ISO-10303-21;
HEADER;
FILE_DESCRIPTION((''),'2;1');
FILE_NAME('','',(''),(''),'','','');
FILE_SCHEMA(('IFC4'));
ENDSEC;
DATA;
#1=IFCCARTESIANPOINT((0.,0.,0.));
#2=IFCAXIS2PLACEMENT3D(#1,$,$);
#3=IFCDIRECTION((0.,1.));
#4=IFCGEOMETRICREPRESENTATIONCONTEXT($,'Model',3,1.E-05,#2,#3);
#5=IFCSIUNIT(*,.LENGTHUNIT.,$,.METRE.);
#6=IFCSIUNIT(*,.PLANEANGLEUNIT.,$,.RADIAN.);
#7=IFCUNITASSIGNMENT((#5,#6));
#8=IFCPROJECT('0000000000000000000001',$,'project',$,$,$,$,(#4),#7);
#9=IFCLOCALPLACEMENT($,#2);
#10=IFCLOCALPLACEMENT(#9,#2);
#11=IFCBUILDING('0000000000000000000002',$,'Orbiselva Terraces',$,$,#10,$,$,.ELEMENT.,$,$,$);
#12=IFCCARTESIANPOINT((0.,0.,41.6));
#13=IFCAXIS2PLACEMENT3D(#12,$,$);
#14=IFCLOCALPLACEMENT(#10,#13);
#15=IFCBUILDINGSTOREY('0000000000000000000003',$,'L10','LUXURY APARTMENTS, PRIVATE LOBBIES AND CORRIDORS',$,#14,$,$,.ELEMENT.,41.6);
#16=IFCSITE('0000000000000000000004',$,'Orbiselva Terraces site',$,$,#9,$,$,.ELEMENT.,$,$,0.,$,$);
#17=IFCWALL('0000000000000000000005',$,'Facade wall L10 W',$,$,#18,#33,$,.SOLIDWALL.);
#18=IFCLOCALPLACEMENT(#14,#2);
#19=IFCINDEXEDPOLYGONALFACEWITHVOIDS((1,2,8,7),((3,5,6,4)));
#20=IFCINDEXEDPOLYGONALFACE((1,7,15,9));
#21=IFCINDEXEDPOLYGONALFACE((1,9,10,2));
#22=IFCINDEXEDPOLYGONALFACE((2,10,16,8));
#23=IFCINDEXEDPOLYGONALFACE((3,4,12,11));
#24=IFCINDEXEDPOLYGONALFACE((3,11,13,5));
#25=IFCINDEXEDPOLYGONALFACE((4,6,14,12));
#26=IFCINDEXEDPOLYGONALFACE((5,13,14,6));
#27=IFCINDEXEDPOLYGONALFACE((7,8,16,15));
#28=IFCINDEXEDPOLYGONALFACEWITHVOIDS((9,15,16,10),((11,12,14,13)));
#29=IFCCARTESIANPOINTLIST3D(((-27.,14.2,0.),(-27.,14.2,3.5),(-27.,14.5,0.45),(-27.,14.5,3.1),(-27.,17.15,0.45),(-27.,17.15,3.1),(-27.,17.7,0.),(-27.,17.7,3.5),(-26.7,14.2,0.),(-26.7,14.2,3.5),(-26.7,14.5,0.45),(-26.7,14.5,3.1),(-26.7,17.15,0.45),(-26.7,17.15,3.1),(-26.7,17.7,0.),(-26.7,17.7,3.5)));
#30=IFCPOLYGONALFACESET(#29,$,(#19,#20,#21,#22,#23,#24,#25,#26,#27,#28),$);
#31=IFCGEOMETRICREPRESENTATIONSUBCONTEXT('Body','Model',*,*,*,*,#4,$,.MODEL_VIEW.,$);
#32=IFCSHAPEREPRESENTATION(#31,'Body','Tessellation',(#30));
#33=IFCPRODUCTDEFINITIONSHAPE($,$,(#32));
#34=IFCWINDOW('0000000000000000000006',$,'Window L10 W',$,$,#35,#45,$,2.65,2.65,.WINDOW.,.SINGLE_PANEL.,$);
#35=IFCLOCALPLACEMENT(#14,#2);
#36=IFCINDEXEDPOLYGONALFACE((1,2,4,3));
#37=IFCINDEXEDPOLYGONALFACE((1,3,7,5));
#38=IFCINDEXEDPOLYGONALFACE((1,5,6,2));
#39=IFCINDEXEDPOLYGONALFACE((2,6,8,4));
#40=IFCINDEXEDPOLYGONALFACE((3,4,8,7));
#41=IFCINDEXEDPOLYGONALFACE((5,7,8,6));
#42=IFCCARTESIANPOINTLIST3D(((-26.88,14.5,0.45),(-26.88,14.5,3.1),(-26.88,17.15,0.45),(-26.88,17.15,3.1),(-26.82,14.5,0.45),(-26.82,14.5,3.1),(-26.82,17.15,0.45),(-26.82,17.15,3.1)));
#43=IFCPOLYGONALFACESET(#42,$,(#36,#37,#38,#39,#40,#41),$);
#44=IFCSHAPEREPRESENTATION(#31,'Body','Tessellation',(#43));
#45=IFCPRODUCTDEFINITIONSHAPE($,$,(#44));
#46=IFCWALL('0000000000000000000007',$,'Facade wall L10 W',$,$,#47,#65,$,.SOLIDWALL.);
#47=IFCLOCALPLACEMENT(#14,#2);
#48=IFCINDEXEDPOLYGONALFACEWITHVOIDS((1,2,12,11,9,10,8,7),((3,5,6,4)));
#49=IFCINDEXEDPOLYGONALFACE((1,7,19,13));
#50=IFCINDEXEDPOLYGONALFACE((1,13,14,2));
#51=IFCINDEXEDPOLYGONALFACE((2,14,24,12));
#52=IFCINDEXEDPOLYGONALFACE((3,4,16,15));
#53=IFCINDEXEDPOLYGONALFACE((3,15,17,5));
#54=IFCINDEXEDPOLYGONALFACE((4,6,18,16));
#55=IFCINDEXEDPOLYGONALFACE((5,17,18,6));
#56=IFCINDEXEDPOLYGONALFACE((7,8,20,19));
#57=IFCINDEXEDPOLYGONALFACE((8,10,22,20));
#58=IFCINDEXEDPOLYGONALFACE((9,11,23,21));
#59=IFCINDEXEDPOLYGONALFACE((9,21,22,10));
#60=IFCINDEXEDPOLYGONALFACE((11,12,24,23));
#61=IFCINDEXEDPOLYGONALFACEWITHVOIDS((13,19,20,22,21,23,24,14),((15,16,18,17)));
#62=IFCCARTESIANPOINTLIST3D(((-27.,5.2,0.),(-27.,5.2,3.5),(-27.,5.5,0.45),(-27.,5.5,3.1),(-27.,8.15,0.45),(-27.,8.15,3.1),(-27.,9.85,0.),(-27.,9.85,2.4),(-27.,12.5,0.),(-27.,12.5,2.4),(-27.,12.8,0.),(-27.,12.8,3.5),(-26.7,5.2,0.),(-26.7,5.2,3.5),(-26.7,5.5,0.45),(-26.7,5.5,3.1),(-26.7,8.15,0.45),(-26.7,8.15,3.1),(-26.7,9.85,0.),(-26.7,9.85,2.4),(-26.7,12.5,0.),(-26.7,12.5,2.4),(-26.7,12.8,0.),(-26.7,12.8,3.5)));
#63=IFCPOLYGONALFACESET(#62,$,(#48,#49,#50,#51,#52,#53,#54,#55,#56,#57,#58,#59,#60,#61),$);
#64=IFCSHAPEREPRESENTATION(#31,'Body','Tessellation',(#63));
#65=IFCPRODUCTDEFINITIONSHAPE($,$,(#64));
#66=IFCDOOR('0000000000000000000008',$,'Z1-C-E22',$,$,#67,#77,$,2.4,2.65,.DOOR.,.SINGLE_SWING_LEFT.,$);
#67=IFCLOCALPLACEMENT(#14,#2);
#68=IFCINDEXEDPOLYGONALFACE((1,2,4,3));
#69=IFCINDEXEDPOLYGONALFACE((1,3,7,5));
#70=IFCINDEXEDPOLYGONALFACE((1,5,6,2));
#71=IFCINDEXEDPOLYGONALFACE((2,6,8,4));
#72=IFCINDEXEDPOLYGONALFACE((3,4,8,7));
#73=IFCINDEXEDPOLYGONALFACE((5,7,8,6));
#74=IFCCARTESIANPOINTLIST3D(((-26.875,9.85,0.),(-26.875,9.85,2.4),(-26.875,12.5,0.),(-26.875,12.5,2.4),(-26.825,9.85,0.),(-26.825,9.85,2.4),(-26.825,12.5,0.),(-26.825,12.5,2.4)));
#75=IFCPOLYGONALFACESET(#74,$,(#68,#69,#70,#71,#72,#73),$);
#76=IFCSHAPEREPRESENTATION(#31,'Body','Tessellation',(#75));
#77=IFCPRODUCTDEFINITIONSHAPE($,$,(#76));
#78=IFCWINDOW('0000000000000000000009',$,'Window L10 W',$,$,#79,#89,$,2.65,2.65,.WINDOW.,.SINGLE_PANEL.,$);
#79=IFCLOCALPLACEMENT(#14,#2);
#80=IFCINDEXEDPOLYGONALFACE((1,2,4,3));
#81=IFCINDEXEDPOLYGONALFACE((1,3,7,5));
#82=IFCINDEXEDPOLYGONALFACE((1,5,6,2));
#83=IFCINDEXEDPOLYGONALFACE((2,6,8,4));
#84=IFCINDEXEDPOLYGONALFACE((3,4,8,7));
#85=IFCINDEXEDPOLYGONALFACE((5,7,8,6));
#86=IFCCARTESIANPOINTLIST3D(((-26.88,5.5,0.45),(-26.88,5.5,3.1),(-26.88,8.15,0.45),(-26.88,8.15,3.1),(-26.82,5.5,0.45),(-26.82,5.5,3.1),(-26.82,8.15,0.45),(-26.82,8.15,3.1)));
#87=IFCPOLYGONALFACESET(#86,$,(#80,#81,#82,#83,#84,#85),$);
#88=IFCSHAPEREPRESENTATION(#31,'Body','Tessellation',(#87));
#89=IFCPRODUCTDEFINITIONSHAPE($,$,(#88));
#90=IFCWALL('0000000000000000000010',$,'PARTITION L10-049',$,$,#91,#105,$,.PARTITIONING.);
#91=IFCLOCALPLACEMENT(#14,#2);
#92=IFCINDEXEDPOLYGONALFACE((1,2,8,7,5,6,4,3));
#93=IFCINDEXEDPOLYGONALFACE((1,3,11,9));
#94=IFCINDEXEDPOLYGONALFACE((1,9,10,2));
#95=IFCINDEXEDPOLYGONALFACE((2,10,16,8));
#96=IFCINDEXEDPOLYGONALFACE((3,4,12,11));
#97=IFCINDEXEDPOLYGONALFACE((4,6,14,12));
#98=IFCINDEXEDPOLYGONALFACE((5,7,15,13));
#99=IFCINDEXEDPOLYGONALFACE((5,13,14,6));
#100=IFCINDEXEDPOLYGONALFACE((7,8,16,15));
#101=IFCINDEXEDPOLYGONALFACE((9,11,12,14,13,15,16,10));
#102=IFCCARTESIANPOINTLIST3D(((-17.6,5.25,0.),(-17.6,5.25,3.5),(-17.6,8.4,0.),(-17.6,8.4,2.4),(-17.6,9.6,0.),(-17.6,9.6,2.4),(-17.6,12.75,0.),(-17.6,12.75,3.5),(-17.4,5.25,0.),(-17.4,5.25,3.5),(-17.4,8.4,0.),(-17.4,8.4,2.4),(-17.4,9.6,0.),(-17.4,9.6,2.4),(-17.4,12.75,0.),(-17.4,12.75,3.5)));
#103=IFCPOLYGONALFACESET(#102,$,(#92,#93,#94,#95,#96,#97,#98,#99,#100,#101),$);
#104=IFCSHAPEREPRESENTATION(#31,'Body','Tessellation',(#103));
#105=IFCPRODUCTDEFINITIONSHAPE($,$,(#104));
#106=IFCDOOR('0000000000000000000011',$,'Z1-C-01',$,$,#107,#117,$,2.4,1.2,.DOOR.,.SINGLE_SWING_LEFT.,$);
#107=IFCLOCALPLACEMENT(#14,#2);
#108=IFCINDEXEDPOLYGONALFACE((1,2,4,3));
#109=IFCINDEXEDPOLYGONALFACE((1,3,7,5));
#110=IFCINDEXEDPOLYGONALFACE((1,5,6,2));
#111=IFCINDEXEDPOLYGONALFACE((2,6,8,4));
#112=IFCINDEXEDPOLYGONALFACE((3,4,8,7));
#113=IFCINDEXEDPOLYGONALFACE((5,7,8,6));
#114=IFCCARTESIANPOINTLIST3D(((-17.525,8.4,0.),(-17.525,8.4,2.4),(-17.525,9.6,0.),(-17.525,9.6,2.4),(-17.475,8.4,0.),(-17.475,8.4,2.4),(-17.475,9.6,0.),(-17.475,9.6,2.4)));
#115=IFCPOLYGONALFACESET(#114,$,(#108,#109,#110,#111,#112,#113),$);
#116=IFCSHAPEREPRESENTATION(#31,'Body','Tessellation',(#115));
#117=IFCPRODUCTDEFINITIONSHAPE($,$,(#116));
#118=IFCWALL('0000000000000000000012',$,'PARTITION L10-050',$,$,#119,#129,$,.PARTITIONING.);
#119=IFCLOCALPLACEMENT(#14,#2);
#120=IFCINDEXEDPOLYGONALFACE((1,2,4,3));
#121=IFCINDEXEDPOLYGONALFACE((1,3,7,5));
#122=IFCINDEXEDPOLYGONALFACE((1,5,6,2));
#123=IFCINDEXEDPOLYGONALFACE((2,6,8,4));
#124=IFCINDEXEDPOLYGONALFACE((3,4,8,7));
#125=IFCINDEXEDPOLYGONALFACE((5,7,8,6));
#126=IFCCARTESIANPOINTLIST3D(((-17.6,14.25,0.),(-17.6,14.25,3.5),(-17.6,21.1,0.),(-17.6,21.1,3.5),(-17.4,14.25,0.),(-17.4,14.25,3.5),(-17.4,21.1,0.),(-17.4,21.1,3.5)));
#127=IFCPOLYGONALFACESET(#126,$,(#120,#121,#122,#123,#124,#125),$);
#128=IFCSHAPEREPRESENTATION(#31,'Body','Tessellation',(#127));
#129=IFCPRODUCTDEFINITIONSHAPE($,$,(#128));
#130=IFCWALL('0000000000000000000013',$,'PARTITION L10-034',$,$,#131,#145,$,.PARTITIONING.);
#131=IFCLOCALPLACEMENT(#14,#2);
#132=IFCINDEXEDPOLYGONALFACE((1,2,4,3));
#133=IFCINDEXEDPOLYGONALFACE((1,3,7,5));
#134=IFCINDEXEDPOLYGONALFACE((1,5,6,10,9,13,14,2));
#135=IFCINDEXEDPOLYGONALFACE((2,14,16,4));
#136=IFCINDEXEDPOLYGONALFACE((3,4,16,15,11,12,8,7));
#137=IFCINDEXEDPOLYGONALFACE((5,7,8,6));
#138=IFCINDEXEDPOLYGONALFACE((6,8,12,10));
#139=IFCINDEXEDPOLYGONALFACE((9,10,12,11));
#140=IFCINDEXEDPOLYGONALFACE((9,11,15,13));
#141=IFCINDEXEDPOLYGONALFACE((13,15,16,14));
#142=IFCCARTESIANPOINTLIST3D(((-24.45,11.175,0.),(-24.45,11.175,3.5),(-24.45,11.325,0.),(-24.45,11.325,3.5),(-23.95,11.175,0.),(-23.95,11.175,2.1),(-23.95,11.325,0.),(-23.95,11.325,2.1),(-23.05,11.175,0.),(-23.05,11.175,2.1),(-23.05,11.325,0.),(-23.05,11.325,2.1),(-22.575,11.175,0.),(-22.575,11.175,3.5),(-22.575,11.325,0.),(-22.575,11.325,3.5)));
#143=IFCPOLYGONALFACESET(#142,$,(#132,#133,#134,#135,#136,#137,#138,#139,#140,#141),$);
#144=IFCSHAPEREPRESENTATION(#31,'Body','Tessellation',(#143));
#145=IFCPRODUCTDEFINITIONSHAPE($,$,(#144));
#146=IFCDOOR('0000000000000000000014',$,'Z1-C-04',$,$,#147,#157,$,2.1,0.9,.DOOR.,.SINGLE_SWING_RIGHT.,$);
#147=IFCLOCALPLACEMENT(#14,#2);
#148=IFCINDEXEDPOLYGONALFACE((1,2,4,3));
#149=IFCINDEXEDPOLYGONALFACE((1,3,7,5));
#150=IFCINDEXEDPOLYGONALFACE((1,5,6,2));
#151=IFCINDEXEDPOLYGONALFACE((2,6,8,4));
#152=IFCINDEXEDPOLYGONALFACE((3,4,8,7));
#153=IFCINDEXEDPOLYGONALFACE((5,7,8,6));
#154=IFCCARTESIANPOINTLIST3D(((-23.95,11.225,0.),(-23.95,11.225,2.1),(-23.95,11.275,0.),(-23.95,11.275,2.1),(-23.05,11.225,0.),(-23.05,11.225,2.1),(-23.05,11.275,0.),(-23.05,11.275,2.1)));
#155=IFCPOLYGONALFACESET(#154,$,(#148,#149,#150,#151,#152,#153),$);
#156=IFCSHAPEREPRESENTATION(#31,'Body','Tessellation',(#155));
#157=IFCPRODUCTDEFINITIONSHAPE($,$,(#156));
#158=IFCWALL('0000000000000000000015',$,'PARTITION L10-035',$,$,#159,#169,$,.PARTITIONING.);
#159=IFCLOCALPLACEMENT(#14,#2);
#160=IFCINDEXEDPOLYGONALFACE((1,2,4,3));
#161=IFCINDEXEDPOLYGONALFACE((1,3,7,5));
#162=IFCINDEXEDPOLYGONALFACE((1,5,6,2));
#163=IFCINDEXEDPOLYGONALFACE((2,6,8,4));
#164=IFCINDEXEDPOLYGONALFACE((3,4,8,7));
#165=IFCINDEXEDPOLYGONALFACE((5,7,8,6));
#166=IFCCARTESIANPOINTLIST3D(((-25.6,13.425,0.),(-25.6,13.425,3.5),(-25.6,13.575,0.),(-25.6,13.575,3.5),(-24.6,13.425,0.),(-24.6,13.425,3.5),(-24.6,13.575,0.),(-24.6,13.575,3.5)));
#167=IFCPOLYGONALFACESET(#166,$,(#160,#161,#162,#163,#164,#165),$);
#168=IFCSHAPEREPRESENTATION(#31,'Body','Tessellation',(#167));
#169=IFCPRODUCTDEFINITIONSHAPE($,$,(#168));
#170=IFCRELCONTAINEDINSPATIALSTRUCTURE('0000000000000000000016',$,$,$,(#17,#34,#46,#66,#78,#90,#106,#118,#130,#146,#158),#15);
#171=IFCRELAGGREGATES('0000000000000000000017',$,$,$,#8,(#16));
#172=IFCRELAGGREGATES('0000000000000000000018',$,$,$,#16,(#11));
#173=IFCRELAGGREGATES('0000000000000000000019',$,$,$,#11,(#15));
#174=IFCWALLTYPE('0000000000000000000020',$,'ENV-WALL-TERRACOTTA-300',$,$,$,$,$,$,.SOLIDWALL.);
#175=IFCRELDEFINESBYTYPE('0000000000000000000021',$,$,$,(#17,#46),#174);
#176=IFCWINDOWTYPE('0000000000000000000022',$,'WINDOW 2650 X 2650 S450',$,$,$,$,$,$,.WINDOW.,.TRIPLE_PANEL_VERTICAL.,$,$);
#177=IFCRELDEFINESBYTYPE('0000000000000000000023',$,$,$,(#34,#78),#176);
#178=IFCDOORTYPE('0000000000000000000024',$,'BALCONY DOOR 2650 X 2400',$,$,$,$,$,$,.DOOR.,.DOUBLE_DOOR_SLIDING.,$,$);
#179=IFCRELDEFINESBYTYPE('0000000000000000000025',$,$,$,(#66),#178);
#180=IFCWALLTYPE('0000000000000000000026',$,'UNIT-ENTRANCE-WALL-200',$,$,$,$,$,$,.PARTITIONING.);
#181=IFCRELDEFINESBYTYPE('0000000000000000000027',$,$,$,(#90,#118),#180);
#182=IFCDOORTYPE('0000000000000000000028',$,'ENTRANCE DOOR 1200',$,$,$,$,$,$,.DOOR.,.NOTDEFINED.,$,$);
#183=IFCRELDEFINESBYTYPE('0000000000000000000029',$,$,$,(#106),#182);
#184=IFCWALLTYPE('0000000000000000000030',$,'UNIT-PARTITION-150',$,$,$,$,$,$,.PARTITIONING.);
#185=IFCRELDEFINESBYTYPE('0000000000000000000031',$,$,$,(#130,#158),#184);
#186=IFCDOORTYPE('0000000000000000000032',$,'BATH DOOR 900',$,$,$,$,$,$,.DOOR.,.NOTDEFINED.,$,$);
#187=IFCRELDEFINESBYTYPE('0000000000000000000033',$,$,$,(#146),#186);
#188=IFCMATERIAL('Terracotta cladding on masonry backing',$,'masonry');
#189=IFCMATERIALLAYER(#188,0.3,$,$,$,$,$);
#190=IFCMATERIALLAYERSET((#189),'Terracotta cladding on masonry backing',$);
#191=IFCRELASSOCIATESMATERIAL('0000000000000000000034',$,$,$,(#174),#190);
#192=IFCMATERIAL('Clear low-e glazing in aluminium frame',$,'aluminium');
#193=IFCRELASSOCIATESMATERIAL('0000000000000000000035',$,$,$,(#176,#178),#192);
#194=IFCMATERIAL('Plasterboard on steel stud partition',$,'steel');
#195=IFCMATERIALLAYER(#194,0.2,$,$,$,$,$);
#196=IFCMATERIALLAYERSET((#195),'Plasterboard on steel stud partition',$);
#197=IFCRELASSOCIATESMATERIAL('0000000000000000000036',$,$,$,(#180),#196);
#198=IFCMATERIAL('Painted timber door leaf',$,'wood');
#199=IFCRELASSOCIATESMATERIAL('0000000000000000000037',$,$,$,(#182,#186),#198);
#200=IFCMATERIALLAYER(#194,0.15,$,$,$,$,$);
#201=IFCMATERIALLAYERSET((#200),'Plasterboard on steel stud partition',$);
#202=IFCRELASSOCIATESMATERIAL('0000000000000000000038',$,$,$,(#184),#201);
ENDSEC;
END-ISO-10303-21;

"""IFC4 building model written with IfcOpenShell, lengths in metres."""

from ifc_helpers import new_model, si_unit, direction, frame, frame_2d, origin, place, context, subcontext, project, spatial, rectangle, extrude, material, layer, layer_set, type_object, element, fill, save


model = new_model("IFC4")

# Units and contexts
model_context = context("Model", 3, precision=1e-05, world=origin(), true_north=direction((0.0, 1.0)))
body_context = subcontext(model_context, "Body", "Model", "MODEL_VIEW")
ifc_project = project(units=[si_unit("LENGTHUNIT", "METRE"), si_unit("PLANEANGLEUNIT", "RADIAN")], contexts=[model_context])

# Site, building, storey
site_placement = place(None, origin())
site = spatial("IfcSite", under=ifc_project, at=site_placement, Name="Orbiselva Terraces site", CompositionType="ELEMENT", RefElevation=0.0)
building_placement = place(site_placement, origin())
building = spatial("IfcBuilding", under=site, at=building_placement, Name="Orbiselva Terraces", CompositionType="ELEMENT")
storey_placement = place(building_placement, frame((0.0, 0.0, 41.6)))
storey = spatial("IfcBuildingStorey", under=building, at=storey_placement, Name="L10", Description="LUXURY APARTMENTS, PRIVATE LOBBIES AND CORRIDORS", CompositionType="ELEMENT", Elevation=41.6)

# Wall, opening, window
ifc_material_1 = material(Name="Terracotta cladding on masonry backing", Category="masonry")
ifc_layer_1 = layer(ifc_material_1, 0.3)
ifc_layer_set_1 = layer_set([ifc_layer_1], Name="Terracotta cladding on masonry backing")
wall_type_1 = type_object("IfcWallType", Name="ENV-WALL-TERRACOTTA-300", PredefinedType="SOLIDWALL", material=ifc_layer_set_1)
wall_1_placement = place(storey_placement, frame((-26.85, 14.2, 0.0), z_axis=(0.0, 0.0, 1.0), x_axis=(0.0, 1.0, 0.0)))
wall_1 = element("IfcWall", 1, at=wall_1_placement, inside=storey, type_object=wall_type_1, Name="Facade wall L10 W", PredefinedType="SOLIDWALL", context=body_context, shape_type="SweptSolid", body=[
    extrude(rectangle(XDim=3.5, YDim=0.3, at=frame_2d((1.75, 0.0))), origin(), (0.0, 0.0, 1.0), 3.5),
])
opening_1_placement = place(wall_1_placement, frame((0.3, 0.0, 0.45)))
opening_1 = element("IfcOpeningElement", 2, at=opening_1_placement, cuts=wall_1, PredefinedType="OPENING", context=body_context, shape_type="SweptSolid", body=[
    extrude(rectangle(XDim=2.65, YDim=2.65, at=frame_2d((1.325, 1.325))), frame((0.0, 0.16, 0.0), z_axis=(0.0, -1.0, 0.0), x_axis=(1.0, 0.0, 0.0)), (0.0, 0.0, 1.0), 0.32),
])
ifc_material_2 = material(Name="Clear low-e glazing in aluminium frame", Category="aluminium")
window_type = type_object("IfcWindowType", Name="WINDOW 2650 X 2650 S450", PartitioningType="TRIPLE_PANEL_VERTICAL", PredefinedType="WINDOW", material=ifc_material_2)
window_1_placement = place(opening_1_placement, origin())
window_1 = element("IfcWindow", 3, at=window_1_placement, inside=storey, type_object=window_type, Name="Window L10 W", OverallHeight=2.65, OverallWidth=2.65, PartitioningType="SINGLE_PANEL", PredefinedType="WINDOW", context=body_context, shape_type="SweptSolid", body=[
    extrude(rectangle(XDim=2.65, YDim=2.65, at=frame_2d((1.325, 1.325))), frame((0.0, 0.03, 0.0), z_axis=(0.0, -1.0, 0.0), x_axis=(1.0, 0.0, 0.0)), (0.0, 0.0, 1.0), 0.06),
])
fill(opening_1, window_1)

# Wall, openings, door, window
wall_2_placement = place(storey_placement, frame((-26.85, 5.2, 0.0), z_axis=(0.0, 0.0, 1.0), x_axis=(0.0, 1.0, 0.0)))
wall_2 = element("IfcWall", 4, at=wall_2_placement, inside=storey, type_object=wall_type_1, Name="Facade wall L10 W", PredefinedType="SOLIDWALL", context=body_context, shape_type="SweptSolid", body=[
    extrude(rectangle(XDim=7.6, YDim=0.3, at=frame_2d((3.8, 0.0))), origin(), (0.0, 0.0, 1.0), 3.5),
])
opening_2_placement = place(wall_2_placement, frame((4.65, 0.0, 0.0)))
opening_2 = element("IfcOpeningElement", 5, at=opening_2_placement, cuts=wall_2, PredefinedType="OPENING", context=body_context, shape_type="SweptSolid", body=[
    extrude(rectangle(XDim=2.65, YDim=2.4, at=frame_2d((1.325, 1.2))), frame((0.0, 0.16, 0.0), z_axis=(0.0, -1.0, 0.0), x_axis=(1.0, 0.0, 0.0)), (0.0, 0.0, 1.0), 0.32),
])
opening_3_placement = place(wall_2_placement, frame((0.3, 0.0, 0.45)))
opening_3 = element("IfcOpeningElement", 6, at=opening_3_placement, cuts=wall_2, PredefinedType="OPENING", context=body_context, shape_type="SweptSolid", body=[
    extrude(rectangle(XDim=2.65, YDim=2.65, at=frame_2d((1.325, 1.325))), frame((0.0, 0.16, 0.0), z_axis=(0.0, -1.0, 0.0), x_axis=(1.0, 0.0, 0.0)), (0.0, 0.0, 1.0), 0.32),
])
door_type_1 = type_object("IfcDoorType", Name="BALCONY DOOR 2650 X 2400", OperationType="DOUBLE_DOOR_SLIDING", PredefinedType="DOOR", material=ifc_material_2)
door_1_placement = place(opening_2_placement, origin())
door_1 = element("IfcDoor", 7, at=door_1_placement, inside=storey, type_object=door_type_1, Name="Z1-C-E22", OperationType="SINGLE_SWING_LEFT", OverallHeight=2.4, OverallWidth=2.65, PredefinedType="DOOR", context=body_context, shape_type="SweptSolid", body=[
    extrude(rectangle(XDim=2.65, YDim=2.4, at=frame_2d((1.325, 1.2))), frame((0.0, 0.025, 0.0), z_axis=(0.0, -1.0, 0.0), x_axis=(1.0, 0.0, 0.0)), (0.0, 0.0, 1.0), 0.05),
])
fill(opening_2, door_1)
window_2_placement = place(opening_3_placement, origin())
window_2 = element("IfcWindow", 8, at=window_2_placement, inside=storey, type_object=window_type, Name="Window L10 W", OverallHeight=2.65, OverallWidth=2.65, PartitioningType="SINGLE_PANEL", PredefinedType="WINDOW", context=body_context, shape_type="SweptSolid", body=[
    extrude(rectangle(XDim=2.65, YDim=2.65, at=frame_2d((1.325, 1.325))), frame((0.0, 0.03, 0.0), z_axis=(0.0, -1.0, 0.0), x_axis=(1.0, 0.0, 0.0)), (0.0, 0.0, 1.0), 0.06),
])
fill(opening_3, window_2)

# Wall, opening, door
ifc_material_3 = material(Name="Plasterboard on steel stud partition", Category="steel")
ifc_layer_2 = layer(ifc_material_3, 0.2)
ifc_layer_set_2 = layer_set([ifc_layer_2], Name="Plasterboard on steel stud partition")
wall_type_2 = type_object("IfcWallType", Name="UNIT-ENTRANCE-WALL-200", PredefinedType="PARTITIONING", material=ifc_layer_set_2)
wall_3_placement = place(storey_placement, frame((-17.5, 5.25, 0.0), z_axis=(0.0, 0.0, 1.0), x_axis=(0.0, 1.0, 0.0)))
wall_3 = element("IfcWall", 9, at=wall_3_placement, inside=storey, type_object=wall_type_2, Name="PARTITION L10-049", PredefinedType="PARTITIONING", context=body_context, shape_type="SweptSolid", body=[
    extrude(rectangle(XDim=7.5, YDim=0.2, at=frame_2d((3.75, 0.0))), origin(), (0.0, 0.0, 1.0), 3.5),
])
opening_4_placement = place(wall_3_placement, frame((3.15, 0.0, 0.0)))
opening_4 = element("IfcOpeningElement", 10, at=opening_4_placement, cuts=wall_3, PredefinedType="OPENING", context=body_context, shape_type="SweptSolid", body=[
    extrude(rectangle(XDim=1.2, YDim=2.4, at=frame_2d((0.6, 1.2))), frame((0.0, 0.11, 0.0), z_axis=(0.0, -1.0, 0.0), x_axis=(1.0, 0.0, 0.0)), (0.0, 0.0, 1.0), 0.22),
])
ifc_material_4 = material(Name="Painted timber door leaf", Category="wood")
door_type_2 = type_object("IfcDoorType", Name="ENTRANCE DOOR 1200", OperationType="NOTDEFINED", PredefinedType="DOOR", material=ifc_material_4)
door_2_placement = place(opening_4_placement, origin())
door_2 = element("IfcDoor", 11, at=door_2_placement, inside=storey, type_object=door_type_2, Name="Z1-C-01", OperationType="SINGLE_SWING_LEFT", OverallHeight=2.4, OverallWidth=1.2, PredefinedType="DOOR", context=body_context, shape_type="SweptSolid", body=[
    extrude(rectangle(XDim=1.2, YDim=2.4, at=frame_2d((0.6, 1.2))), frame((0.0, 0.025, 0.0), z_axis=(0.0, -1.0, 0.0), x_axis=(1.0, 0.0, 0.0)), (0.0, 0.0, 1.0), 0.05),
])
fill(opening_4, door_2)

# Wall
wall_4_placement = place(storey_placement, frame((-17.5, 14.25, 0.0), z_axis=(0.0, 0.0, 1.0), x_axis=(0.0, 1.0, 0.0)))
element("IfcWall", 12, at=wall_4_placement, inside=storey, type_object=wall_type_2, Name="PARTITION L10-050", PredefinedType="PARTITIONING", context=body_context, shape_type="SweptSolid", body=[
    extrude(rectangle(XDim=6.85, YDim=0.2, at=frame_2d((3.425, 0.0))), origin(), (0.0, 0.0, 1.0), 3.5),
])

# Wall, opening, door
ifc_layer_3 = layer(ifc_material_3, 0.15)
ifc_layer_set_3 = layer_set([ifc_layer_3], Name="Plasterboard on steel stud partition")
wall_type_3 = type_object("IfcWallType", Name="UNIT-PARTITION-150", PredefinedType="PARTITIONING", material=ifc_layer_set_3)
wall_5_placement = place(storey_placement, frame((-24.45, 11.25, 0.0), z_axis=(0.0, 0.0, 1.0), x_axis=(1.0, 0.0, 0.0)))
wall_5 = element("IfcWall", 13, at=wall_5_placement, inside=storey, type_object=wall_type_3, Name="PARTITION L10-034", PredefinedType="PARTITIONING", context=body_context, shape_type="SweptSolid", body=[
    extrude(rectangle(XDim=1.875, YDim=0.15, at=frame_2d((0.9375, 0.0))), origin(), (0.0, 0.0, 1.0), 3.5),
])
opening_5_placement = place(wall_5_placement, frame((0.5, 0.0, 0.0)))
opening_5 = element("IfcOpeningElement", 14, at=opening_5_placement, cuts=wall_5, PredefinedType="OPENING", context=body_context, shape_type="SweptSolid", body=[
    extrude(rectangle(XDim=0.9, YDim=2.1, at=frame_2d((0.45, 1.05))), frame((0.0, 0.085, 0.0), z_axis=(0.0, -1.0, 0.0), x_axis=(1.0, 0.0, 0.0)), (0.0, 0.0, 1.0), 0.17),
])
door_type_3 = type_object("IfcDoorType", Name="BATH DOOR 900", OperationType="NOTDEFINED", PredefinedType="DOOR", material=ifc_material_4)
door_3_placement = place(opening_5_placement, origin())
door_3 = element("IfcDoor", 15, at=door_3_placement, inside=storey, type_object=door_type_3, Name="Z1-C-04", OperationType="SINGLE_SWING_RIGHT", OverallHeight=2.1, OverallWidth=0.9, PredefinedType="DOOR", context=body_context, shape_type="SweptSolid", body=[
    extrude(rectangle(XDim=0.9, YDim=2.1, at=frame_2d((0.45, 1.05))), frame((0.0, 0.025, 0.0), z_axis=(0.0, -1.0, 0.0), x_axis=(1.0, 0.0, 0.0)), (0.0, 0.0, 1.0), 0.05),
])
fill(opening_5, door_3)

# Wall
wall_6_placement = place(storey_placement, frame((-25.6, 13.5, 0.0), z_axis=(0.0, 0.0, 1.0), x_axis=(1.0, 0.0, 0.0)))
element("IfcWall", 16, at=wall_6_placement, inside=storey, type_object=wall_type_3, Name="PARTITION L10-035", PredefinedType="PARTITIONING", context=body_context, shape_type="SweptSolid", body=[
    extrude(rectangle(XDim=1.0, YDim=0.15, at=frame_2d((0.5, 0.0))), origin(), (0.0, 0.0, 1.0), 3.5),
])

save(model, "model.ifc")
